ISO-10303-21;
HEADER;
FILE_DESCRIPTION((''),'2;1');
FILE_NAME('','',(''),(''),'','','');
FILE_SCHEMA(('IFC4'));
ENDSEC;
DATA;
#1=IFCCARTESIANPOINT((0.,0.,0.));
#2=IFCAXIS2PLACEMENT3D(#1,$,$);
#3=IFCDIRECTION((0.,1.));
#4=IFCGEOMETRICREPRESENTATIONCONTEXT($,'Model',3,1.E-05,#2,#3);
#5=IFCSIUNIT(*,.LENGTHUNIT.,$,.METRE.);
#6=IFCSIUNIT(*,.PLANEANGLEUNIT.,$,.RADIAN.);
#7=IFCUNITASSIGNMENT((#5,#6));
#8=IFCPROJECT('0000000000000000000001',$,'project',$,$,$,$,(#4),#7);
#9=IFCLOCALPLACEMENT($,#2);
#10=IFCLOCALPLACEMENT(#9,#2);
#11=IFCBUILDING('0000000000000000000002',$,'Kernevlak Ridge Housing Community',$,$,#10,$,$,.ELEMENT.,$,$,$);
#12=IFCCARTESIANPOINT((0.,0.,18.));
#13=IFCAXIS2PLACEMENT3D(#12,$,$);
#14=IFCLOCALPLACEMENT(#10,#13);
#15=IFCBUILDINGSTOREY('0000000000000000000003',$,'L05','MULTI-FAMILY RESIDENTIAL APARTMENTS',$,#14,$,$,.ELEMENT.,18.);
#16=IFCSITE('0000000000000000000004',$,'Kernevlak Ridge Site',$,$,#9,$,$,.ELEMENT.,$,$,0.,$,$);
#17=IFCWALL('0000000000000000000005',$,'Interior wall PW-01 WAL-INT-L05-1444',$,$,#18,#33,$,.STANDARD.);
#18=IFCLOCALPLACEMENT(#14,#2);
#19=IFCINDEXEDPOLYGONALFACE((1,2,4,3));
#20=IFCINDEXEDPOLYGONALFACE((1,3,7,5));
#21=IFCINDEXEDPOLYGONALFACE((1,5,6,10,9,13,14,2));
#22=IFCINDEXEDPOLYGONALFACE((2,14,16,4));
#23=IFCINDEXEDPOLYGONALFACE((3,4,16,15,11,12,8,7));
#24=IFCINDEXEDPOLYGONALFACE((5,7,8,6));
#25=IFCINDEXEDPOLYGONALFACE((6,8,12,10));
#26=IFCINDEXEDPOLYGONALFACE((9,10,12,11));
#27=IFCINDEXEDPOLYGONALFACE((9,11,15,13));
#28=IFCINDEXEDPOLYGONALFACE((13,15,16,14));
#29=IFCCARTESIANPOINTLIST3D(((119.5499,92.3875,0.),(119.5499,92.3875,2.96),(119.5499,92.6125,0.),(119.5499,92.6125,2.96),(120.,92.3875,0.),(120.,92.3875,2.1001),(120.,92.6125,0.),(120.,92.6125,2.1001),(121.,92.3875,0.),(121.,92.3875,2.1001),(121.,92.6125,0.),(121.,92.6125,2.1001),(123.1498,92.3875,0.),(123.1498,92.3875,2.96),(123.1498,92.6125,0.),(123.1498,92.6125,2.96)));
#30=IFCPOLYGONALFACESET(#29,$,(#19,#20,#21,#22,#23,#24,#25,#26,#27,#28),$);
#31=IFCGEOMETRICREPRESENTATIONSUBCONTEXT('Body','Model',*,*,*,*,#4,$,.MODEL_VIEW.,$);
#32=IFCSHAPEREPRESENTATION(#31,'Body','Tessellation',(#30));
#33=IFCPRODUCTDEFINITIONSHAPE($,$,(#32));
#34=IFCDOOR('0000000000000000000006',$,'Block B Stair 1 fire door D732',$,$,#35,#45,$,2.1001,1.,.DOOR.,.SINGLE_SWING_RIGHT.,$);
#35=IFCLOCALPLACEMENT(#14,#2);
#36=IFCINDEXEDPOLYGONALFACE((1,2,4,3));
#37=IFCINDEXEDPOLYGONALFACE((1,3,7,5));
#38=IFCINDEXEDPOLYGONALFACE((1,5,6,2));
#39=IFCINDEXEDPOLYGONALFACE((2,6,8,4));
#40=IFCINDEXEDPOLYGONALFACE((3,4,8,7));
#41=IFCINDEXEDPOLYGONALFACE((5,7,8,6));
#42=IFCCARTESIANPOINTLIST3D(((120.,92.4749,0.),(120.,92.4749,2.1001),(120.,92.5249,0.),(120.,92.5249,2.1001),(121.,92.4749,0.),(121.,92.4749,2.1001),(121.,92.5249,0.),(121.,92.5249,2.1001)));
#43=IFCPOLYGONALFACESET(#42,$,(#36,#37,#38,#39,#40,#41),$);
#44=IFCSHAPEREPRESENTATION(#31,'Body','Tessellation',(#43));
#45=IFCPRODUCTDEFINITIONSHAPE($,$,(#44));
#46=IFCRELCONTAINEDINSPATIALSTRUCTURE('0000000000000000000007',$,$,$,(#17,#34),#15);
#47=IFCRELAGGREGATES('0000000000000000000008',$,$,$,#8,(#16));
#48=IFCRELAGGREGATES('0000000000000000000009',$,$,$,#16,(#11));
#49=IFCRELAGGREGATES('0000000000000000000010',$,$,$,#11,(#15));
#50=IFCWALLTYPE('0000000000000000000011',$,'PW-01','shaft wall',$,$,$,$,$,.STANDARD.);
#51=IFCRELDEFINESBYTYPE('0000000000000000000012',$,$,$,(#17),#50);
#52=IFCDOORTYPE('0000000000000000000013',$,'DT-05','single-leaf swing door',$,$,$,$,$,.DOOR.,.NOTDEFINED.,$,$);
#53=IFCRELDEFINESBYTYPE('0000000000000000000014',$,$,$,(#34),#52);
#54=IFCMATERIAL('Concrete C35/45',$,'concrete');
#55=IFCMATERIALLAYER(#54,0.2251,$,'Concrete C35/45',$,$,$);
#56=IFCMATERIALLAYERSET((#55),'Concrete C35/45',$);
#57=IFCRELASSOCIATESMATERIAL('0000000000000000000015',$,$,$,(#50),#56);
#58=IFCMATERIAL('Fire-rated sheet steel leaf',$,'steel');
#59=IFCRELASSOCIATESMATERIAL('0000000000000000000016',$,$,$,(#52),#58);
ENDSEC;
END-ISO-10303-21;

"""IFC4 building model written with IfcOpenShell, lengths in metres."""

from ifc_helpers import new_model, si_unit, direction, frame, frame_2d, origin, place, context, subcontext, project, spatial, rectangle, extrude, material, layer, layer_set, type_object, element, fill, save


model = new_model("IFC4")

# Units and contexts
model_context = context("Model", 3, precision=1e-05, world=origin(), true_north=direction((0.0, 1.0)))
body_context = subcontext(model_context, "Body", "Model", "MODEL_VIEW")
ifc_project = project(units=[si_unit("LENGTHUNIT", "METRE"), si_unit("PLANEANGLEUNIT", "RADIAN")], contexts=[model_context])

# Site, building, storey
site_placement = place(None, origin())
site = spatial("IfcSite", under=ifc_project, at=site_placement, Name="Kernevlak Ridge Site", CompositionType="ELEMENT", RefElevation=0.0)
building_placement = place(site_placement, origin())
building = spatial("IfcBuilding", under=site, at=building_placement, Name="Kernevlak Ridge Housing Community", CompositionType="ELEMENT")
storey_placement = place(building_placement, frame((0.0, 0.0, 18.0)))
storey = spatial("IfcBuildingStorey", under=building, at=storey_placement, Name="L05", Description="MULTI-FAMILY RESIDENTIAL APARTMENTS", CompositionType="ELEMENT", Elevation=18.0)

# Shared definitions
ifc_material_1 = material(Name="Concrete C35/45", Category="concrete")

# Wall, opening, door
ifc_layer_1 = layer(ifc_material_1, 0.2251, Name="Concrete C35/45")
ifc_layer_set_1 = layer_set([ifc_layer_1], Name="Concrete C35/45")
wall_type_1 = type_object("IfcWallType", Name="PW-01", Description="shaft wall", PredefinedType="STANDARD", material=ifc_layer_set_1)
wall_1_placement = place(storey_placement, frame((119.55, 92.5, 0.0), z_axis=(0.0, 0.0, 1.0), x_axis=(1.0, 0.0, 0.0)))
wall_1 = element("IfcWall", 1, at=wall_1_placement, inside=storey, type_object=wall_type_1, Name="Interior wall PW-01 WAL-INT-L05-1444", PredefinedType="STANDARD", context=body_context, shape_type="SweptSolid", body=[
    extrude(rectangle(XDim=3.5999, YDim=0.2251, at=frame_2d((1.7998, 0.0))), origin(), (0.0, 0.0, 1.0), 2.96),
])
opening_placement = place(wall_1_placement, frame((0.45, 0.0, 0.0)))
opening = element("IfcOpeningElement", 2, at=opening_placement, cuts=wall_1, PredefinedType="OPENING", context=body_context, shape_type="SweptSolid", body=[
    extrude(rectangle(XDim=1.0, YDim=2.1001, at=frame_2d((0.5, 1.05))), frame((0.0, 0.1226, 0.0), z_axis=(0.0, -1.0, 0.0), x_axis=(1.0, 0.0, 0.0)), (0.0, 0.0, 1.0), 0.2451),
])
ifc_material_2 = material(Name="Fire-rated sheet steel leaf", Category="steel")
door_type = type_object("IfcDoorType", Name="DT-05", Description="single-leaf swing door", OperationType="NOTDEFINED", PredefinedType="DOOR", material=ifc_material_2)
door_placement = place(opening_placement, origin())
door = element("IfcDoor", 3, at=door_placement, inside=storey, type_object=door_type, Name="Block B Stair 1 fire door D732", OperationType="SINGLE_SWING_RIGHT", OverallHeight=2.1001, OverallWidth=1.0, PredefinedType="DOOR", context=body_context, shape_type="SweptSolid", body=[
    extrude(rectangle(XDim=1.0, YDim=2.1001, at=frame_2d((0.5, 1.05))), frame((0.0, 0.0249, 0.0), z_axis=(0.0, -1.0, 0.0), x_axis=(1.0, 0.0, 0.0)), (0.0, 0.0, 1.0), 0.05),
])
fill(opening, door)

save(model, "model.ifc")
